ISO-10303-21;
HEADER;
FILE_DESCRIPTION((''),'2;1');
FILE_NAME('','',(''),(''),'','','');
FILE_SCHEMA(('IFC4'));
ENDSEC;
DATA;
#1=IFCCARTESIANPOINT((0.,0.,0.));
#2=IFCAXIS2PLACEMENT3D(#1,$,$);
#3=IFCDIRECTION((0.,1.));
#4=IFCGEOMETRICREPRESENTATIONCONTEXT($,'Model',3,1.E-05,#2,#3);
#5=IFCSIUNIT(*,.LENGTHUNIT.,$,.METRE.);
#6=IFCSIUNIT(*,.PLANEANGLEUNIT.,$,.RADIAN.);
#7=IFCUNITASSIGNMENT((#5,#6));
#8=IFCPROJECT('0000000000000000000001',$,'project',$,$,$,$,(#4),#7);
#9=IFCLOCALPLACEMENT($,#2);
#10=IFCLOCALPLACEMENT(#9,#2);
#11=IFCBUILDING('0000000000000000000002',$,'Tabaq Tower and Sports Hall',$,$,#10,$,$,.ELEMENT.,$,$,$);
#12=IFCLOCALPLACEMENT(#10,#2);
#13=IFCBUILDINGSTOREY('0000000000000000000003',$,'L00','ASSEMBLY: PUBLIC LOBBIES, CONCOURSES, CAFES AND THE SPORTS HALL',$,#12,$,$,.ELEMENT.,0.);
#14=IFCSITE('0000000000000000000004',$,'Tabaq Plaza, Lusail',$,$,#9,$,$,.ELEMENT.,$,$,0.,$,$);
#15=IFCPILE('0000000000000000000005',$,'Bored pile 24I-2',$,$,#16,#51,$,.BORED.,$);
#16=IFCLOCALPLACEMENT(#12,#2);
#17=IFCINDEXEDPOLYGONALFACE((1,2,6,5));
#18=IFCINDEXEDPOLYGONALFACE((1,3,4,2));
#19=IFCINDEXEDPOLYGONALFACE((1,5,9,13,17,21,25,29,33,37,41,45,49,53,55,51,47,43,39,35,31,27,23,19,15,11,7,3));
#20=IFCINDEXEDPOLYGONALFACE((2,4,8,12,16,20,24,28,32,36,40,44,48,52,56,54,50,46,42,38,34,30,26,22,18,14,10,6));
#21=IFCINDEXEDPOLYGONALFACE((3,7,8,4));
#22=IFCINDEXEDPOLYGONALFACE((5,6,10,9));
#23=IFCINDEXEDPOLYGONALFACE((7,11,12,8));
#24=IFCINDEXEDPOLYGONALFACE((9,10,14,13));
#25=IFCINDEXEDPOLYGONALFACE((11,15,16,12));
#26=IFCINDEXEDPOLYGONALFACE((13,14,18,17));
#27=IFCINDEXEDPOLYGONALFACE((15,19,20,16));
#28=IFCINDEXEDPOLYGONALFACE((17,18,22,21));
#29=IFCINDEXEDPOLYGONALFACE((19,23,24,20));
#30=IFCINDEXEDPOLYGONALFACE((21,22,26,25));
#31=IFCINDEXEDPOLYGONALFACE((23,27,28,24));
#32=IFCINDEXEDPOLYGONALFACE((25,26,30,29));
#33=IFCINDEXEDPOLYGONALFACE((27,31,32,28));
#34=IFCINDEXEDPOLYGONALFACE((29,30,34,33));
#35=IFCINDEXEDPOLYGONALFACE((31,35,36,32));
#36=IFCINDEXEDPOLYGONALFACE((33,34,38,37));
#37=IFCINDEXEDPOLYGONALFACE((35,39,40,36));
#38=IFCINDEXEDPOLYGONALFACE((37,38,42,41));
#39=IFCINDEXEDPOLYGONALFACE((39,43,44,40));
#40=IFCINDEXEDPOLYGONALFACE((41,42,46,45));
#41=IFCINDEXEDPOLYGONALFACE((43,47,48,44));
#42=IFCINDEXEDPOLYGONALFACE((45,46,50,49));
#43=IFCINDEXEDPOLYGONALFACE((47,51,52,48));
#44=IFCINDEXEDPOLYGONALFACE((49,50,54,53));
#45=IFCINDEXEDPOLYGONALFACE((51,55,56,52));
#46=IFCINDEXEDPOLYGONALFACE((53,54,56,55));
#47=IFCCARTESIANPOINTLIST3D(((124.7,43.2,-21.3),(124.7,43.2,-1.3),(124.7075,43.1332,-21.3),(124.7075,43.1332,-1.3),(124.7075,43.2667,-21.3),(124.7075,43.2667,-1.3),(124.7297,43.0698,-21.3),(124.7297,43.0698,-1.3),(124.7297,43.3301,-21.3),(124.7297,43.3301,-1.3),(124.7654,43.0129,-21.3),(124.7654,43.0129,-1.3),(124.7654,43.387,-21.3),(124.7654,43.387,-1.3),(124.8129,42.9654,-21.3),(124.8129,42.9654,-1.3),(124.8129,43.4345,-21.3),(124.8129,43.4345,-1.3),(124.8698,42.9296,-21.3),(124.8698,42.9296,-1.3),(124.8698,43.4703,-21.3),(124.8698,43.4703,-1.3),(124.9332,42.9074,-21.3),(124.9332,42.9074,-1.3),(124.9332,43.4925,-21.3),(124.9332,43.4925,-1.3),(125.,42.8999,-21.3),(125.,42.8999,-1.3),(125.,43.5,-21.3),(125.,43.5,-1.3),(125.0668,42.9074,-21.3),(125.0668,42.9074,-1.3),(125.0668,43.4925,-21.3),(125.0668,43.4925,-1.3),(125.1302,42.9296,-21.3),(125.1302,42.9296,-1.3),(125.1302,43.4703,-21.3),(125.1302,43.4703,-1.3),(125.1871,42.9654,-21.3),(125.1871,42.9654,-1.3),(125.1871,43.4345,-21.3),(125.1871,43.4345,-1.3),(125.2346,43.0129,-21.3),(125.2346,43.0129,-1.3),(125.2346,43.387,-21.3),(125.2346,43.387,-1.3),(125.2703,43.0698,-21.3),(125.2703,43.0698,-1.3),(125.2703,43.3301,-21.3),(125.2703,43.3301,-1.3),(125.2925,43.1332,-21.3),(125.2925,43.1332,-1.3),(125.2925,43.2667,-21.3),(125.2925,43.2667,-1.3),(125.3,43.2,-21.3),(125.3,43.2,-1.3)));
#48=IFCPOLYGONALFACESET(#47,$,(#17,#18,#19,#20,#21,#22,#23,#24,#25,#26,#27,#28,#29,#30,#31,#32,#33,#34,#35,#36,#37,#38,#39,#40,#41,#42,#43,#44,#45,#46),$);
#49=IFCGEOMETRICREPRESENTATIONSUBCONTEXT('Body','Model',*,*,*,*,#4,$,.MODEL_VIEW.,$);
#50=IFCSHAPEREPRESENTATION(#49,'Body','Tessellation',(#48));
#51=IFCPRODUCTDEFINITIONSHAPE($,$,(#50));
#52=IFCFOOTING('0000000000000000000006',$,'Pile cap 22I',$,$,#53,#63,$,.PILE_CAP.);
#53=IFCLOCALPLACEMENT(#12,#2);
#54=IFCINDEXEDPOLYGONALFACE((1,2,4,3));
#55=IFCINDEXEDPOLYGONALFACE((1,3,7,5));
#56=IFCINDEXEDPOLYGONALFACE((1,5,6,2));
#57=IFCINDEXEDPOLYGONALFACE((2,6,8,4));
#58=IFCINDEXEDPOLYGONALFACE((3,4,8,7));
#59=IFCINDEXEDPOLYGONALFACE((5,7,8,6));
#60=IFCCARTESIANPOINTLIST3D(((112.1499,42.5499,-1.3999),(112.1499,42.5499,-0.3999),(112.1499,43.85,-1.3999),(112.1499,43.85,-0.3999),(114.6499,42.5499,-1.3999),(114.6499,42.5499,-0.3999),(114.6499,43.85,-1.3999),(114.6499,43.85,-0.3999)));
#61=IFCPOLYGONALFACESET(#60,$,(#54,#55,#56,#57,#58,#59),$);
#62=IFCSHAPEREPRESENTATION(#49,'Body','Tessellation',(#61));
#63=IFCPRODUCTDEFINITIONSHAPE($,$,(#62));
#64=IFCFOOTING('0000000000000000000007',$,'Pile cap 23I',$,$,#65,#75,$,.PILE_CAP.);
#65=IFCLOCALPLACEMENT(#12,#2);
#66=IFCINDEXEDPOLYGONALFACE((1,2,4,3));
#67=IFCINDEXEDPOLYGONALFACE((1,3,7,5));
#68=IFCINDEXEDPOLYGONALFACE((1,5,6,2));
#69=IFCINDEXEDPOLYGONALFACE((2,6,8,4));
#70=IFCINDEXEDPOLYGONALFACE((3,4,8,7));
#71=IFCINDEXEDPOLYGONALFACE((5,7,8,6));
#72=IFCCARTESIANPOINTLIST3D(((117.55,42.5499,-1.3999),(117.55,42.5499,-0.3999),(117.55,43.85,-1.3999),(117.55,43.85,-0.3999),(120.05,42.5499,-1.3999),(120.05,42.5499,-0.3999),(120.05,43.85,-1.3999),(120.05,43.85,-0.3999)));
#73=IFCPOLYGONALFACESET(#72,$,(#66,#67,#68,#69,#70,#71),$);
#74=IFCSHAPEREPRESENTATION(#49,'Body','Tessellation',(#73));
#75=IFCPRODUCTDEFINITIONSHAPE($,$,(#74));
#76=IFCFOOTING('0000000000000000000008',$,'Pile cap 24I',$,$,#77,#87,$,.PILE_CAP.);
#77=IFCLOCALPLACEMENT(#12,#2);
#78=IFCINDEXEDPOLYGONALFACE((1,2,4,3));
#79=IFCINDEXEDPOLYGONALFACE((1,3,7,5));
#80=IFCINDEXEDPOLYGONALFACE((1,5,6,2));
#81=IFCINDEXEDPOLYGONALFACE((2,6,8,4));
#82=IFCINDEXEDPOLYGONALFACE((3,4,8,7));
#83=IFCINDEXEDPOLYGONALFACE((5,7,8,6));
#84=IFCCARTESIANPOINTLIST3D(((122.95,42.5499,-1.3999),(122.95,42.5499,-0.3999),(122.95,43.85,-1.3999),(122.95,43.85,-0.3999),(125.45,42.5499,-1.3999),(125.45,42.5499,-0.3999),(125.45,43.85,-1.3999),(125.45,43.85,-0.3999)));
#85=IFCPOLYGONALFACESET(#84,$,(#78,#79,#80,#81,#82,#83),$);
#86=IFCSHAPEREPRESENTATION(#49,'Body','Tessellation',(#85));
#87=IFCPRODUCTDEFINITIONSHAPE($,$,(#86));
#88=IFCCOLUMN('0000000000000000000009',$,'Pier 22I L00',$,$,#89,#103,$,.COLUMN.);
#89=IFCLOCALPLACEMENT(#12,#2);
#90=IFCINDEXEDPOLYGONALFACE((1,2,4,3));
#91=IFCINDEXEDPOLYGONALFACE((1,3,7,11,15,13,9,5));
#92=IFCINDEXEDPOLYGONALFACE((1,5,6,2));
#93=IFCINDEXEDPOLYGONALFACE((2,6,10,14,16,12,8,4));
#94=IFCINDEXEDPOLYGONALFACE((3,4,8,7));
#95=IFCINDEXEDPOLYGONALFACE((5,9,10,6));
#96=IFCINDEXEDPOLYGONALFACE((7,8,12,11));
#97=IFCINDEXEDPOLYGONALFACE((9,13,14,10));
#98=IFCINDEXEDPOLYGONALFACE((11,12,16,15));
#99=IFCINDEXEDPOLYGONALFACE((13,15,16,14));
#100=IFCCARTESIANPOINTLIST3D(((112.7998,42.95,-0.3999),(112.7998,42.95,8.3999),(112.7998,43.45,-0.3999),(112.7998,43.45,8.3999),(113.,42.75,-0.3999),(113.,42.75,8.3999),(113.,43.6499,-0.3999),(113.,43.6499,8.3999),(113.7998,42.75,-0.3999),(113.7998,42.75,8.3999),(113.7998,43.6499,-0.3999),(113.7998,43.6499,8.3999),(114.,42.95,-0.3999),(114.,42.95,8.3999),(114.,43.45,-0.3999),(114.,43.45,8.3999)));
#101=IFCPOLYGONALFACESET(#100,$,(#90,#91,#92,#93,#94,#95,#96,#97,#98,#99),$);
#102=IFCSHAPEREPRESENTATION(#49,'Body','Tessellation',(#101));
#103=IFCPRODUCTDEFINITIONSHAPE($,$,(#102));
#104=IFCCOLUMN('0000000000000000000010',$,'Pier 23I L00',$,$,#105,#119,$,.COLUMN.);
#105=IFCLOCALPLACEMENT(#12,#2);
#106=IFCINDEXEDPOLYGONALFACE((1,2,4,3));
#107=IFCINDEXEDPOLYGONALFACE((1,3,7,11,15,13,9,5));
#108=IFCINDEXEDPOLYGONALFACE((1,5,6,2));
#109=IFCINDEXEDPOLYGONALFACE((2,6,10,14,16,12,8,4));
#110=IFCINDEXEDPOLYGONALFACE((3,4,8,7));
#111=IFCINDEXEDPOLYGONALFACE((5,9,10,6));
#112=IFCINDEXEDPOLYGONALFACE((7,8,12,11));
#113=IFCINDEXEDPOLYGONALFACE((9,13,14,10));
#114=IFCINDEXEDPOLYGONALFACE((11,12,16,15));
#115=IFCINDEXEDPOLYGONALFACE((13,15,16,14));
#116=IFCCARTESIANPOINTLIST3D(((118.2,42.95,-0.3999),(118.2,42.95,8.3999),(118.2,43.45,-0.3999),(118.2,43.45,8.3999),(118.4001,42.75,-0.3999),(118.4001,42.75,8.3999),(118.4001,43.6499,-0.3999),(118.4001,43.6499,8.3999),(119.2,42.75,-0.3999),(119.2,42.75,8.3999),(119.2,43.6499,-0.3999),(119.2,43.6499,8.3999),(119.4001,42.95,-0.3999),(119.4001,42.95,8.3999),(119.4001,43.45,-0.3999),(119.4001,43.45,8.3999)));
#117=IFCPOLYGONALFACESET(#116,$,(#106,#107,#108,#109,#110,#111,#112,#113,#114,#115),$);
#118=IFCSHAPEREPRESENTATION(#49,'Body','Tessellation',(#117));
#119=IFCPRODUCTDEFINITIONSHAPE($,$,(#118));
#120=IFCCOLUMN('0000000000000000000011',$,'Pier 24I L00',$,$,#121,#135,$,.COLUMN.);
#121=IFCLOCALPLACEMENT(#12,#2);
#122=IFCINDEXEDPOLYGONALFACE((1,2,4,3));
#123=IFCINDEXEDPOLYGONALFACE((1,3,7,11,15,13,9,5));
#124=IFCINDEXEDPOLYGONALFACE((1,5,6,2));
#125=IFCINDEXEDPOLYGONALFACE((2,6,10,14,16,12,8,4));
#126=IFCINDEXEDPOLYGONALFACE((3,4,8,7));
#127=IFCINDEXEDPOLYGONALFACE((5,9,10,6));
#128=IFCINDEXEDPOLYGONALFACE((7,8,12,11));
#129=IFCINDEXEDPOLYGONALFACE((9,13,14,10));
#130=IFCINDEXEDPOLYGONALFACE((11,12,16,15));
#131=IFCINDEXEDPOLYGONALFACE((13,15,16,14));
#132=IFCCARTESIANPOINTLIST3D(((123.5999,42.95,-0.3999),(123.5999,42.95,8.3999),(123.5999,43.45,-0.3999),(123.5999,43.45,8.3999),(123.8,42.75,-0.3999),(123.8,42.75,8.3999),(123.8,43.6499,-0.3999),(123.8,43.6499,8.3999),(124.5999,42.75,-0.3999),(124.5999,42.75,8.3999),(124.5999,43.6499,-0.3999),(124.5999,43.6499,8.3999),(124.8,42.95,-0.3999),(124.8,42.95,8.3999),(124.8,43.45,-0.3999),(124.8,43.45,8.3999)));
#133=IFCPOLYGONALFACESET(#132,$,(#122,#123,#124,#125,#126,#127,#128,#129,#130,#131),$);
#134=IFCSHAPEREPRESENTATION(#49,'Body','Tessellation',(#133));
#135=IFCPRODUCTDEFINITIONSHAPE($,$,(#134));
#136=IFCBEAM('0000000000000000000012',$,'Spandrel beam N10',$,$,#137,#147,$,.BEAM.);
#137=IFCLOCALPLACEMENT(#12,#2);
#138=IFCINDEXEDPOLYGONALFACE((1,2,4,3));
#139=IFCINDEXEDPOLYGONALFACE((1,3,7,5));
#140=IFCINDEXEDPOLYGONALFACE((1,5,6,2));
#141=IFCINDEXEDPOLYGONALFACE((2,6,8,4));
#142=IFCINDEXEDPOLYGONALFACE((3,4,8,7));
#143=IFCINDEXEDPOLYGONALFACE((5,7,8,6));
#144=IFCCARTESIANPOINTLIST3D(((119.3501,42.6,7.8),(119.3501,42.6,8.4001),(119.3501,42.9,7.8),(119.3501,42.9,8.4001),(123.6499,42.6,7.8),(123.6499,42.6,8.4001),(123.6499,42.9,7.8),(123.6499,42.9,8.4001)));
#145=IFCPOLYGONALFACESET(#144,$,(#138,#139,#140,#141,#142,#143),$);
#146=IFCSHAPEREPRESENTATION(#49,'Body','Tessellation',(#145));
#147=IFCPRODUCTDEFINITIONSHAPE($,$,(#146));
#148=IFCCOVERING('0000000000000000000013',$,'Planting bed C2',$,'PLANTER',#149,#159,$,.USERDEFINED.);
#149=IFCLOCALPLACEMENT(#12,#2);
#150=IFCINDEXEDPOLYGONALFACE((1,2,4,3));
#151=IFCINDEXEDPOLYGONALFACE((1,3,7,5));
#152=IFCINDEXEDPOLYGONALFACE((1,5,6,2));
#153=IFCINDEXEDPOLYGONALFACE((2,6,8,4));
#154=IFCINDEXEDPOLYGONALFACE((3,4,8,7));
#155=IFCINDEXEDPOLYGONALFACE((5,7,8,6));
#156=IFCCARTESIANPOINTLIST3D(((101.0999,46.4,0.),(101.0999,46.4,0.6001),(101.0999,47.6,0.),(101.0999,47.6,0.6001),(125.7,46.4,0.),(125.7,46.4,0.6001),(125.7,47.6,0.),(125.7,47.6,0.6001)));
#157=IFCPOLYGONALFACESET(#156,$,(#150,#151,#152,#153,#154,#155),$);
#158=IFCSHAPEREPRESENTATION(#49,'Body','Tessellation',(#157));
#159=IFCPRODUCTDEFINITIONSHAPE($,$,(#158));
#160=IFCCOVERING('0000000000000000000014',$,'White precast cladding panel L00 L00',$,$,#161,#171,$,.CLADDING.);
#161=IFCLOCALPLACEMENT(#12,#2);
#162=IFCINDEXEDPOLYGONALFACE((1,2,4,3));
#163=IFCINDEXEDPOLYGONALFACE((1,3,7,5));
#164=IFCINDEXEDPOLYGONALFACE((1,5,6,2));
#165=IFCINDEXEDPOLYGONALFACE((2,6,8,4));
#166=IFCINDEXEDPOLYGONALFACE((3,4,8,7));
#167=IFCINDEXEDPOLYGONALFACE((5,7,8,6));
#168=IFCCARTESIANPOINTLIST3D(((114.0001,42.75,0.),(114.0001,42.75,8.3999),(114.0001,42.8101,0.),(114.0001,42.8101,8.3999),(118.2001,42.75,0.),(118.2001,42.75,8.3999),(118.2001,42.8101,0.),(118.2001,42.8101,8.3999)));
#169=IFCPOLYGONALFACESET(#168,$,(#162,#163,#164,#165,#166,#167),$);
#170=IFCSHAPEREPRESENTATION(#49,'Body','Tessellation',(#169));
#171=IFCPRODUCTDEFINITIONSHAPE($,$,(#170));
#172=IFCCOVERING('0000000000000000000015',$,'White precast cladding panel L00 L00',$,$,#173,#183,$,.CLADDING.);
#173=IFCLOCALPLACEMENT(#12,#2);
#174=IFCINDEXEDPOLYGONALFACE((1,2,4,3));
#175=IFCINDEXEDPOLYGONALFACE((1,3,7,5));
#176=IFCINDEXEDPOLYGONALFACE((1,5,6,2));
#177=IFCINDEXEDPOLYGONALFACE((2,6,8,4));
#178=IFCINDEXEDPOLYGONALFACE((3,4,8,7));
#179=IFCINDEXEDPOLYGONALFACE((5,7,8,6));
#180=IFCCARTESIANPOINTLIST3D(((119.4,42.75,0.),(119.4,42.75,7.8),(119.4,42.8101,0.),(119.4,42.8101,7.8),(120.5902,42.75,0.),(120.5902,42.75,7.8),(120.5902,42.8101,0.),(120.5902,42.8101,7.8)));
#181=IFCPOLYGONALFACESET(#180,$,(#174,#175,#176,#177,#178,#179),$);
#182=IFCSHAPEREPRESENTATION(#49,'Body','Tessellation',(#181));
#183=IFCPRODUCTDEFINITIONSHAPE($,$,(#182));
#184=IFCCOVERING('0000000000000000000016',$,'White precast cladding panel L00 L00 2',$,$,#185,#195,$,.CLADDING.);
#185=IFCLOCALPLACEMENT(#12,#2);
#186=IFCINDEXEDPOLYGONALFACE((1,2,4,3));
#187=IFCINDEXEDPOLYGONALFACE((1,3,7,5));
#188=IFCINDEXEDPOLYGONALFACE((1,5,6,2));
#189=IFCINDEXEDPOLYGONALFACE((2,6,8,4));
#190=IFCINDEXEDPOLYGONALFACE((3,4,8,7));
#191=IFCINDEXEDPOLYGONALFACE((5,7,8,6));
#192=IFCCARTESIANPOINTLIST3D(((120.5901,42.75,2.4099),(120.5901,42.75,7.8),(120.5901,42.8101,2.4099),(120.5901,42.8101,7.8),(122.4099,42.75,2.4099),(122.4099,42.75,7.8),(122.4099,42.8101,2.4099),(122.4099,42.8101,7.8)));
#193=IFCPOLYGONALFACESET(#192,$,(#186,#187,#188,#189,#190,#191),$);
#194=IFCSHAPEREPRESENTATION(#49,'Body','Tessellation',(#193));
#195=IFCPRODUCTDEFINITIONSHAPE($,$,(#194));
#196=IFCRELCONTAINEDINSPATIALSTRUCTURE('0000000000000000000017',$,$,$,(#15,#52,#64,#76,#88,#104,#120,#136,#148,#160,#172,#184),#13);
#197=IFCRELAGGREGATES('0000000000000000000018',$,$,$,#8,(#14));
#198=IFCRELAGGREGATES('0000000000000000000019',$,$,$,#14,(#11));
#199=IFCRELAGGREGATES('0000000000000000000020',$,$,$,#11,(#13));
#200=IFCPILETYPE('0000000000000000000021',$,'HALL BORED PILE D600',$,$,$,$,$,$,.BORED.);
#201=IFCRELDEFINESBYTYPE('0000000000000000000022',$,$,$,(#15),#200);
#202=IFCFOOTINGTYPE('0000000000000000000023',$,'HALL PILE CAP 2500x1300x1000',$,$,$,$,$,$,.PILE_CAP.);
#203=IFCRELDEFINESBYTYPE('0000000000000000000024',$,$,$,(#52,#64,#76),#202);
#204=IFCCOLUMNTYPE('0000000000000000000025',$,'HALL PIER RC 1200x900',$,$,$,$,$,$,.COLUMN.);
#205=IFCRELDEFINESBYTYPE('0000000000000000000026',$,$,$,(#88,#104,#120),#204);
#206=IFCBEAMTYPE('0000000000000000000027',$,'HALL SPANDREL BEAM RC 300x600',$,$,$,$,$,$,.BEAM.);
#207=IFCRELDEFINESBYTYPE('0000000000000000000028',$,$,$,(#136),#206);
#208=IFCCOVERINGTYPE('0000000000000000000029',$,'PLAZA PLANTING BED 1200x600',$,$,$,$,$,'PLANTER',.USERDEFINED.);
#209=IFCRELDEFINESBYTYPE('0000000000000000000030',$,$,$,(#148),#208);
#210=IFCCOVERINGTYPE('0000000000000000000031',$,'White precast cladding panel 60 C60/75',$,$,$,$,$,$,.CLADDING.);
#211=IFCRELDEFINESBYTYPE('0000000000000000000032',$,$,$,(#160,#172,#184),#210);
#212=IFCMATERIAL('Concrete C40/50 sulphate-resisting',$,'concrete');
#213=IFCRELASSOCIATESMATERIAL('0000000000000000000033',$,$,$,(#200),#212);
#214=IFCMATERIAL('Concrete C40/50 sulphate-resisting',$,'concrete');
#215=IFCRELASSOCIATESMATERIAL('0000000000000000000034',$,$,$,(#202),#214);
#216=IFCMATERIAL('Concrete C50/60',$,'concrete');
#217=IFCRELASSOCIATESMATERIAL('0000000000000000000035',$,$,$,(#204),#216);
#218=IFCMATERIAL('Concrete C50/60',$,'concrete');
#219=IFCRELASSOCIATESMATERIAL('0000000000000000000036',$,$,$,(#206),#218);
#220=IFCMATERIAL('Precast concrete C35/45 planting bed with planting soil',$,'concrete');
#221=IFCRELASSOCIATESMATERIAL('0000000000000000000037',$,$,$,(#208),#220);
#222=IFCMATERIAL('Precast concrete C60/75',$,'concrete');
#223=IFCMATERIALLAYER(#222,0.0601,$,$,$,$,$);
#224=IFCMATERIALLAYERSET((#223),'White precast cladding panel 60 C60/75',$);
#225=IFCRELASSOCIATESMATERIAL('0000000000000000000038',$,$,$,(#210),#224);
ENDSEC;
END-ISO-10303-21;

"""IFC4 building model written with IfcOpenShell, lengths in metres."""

from ifc_helpers import new_model, si_unit, direction, frame, frame_2d, origin, origin_2d, place, context, subcontext, project, spatial, polyline, rectangle, circle, outline, extrude, material, layer, layer_set, material_profile, profile_set, type_object, element, save


model = new_model("IFC4")

# Units and contexts
model_context = context("Model", 3, precision=1e-05, world=origin(), true_north=direction((0.0, 1.0)))
body_context = subcontext(model_context, "Body", "Model", "MODEL_VIEW")
ifc_project = project(units=[si_unit("LENGTHUNIT", "METRE"), si_unit("PLANEANGLEUNIT", "RADIAN")], contexts=[model_context])

# Site, building, storey
site_placement = place(None, origin())
site = spatial("IfcSite", under=ifc_project, at=site_placement, Name="Tabaq Plaza, Lusail", CompositionType="ELEMENT", RefElevation=0.0)
building_placement = place(site_placement, origin())
building = spatial("IfcBuilding", under=site, at=building_placement, Name="Tabaq Tower and Sports Hall", CompositionType="ELEMENT")
storey_placement = place(building_placement, origin())
storey = spatial("IfcBuildingStorey", under=building, at=storey_placement, Name="L00", Description="ASSEMBLY: PUBLIC LOBBIES, CONCOURSES, CAFES AND THE SPORTS HALL", CompositionType="ELEMENT", Elevation=0.0)

# Pile
ifc_material_1 = material(Name="Concrete C40/50 sulphate-resisting", Category="concrete")
ifc_material_profile_1 = material_profile(ifc_material_1, circle(Radius=0.3, at=origin_2d()), Name="D600")
ifc_profile_set_1 = profile_set([ifc_material_profile_1], Name="Concrete C40/50 sulphate-resisting")
pile_type = type_object("IfcPileType", Name="HALL BORED PILE D600", PredefinedType="BORED", material=ifc_profile_set_1)
for number, where, z_axis, x_axis, name in (
    (1, (125.0, 43.2, -1.3), (0.0, 0.0, -1.0), (1.0, 0.0, 0.0), "Bored pile 24I-2"),
):
    element("IfcPile", number, at=place(storey_placement, frame(where, z_axis=z_axis, x_axis=x_axis)), inside=storey, type_object=pile_type, Name=name, PredefinedType="BORED", context=body_context, shape_type="SweptSolid", body=[
        extrude(circle(Radius=0.3, at=origin_2d()), origin(), (0.0, 0.0, 1.0), 20.0),
    ])

# Footings
ifc_material_2 = material(Name="Concrete C40/50 sulphate-resisting", Category="concrete")
footing_type = type_object("IfcFootingType", Name="HALL PILE CAP 2500x1300x1000", PredefinedType="PILE_CAP", material=ifc_material_2)
for number, where, z_axis, x_axis, name in (
    (2, (113.3999, 43.2, -1.3999), (0.0, 0.0, 1.0), (1.0, 0.0, 0.0), "Pile cap 22I"),
    (3, (118.8, 43.2, -1.3999), (0.0, 0.0, 1.0), (1.0, 0.0, 0.0), "Pile cap 23I"),
    (4, (124.2, 43.2, -1.3999), (0.0, 0.0, 1.0), (1.0, 0.0, 0.0), "Pile cap 24I"),
):
    element("IfcFooting", number, at=place(storey_placement, frame(where, z_axis=z_axis, x_axis=x_axis)), inside=storey, type_object=footing_type, Name=name, PredefinedType="PILE_CAP", context=body_context, shape_type="SweptSolid", body=[
        extrude(rectangle(XDim=2.5, YDim=1.3, at=origin_2d()), origin(), (0.0, 0.0, 1.0), 1.0),
    ])

# Columns
ifc_material_3 = material(Name="Concrete C50/60", Category="concrete")
ifc_material_profile_2 = material_profile(ifc_material_3, outline(polyline([(-0.3999, -0.45), (0.3999, -0.45), (0.6001, -0.25), (0.6001, 0.25), (0.3999, 0.45), (-0.3999, 0.45), (-0.6001, 0.25), (-0.6001, -0.25), (-0.3999, -0.45)])), Name="PIER 1200x900")
ifc_profile_set_2 = profile_set([ifc_material_profile_2], Name="Concrete C50/60")
column_type = type_object("IfcColumnType", Name="HALL PIER RC 1200x900", PredefinedType="COLUMN", material=ifc_profile_set_2)
for number, where, z_axis, x_axis, name in (
    (5, (113.3999, 43.2, -0.3999), (0.0, 0.0, 1.0), (1.0, 0.0, 0.0), "Pier 22I L00"),
    (6, (118.8, 43.2, -0.3999), (0.0, 0.0, 1.0), (1.0, 0.0, 0.0), "Pier 23I L00"),
    (7, (124.2, 43.2, -0.3999), (0.0, 0.0, 1.0), (1.0, 0.0, 0.0), "Pier 24I L00"),
):
    element("IfcColumn", number, at=place(storey_placement, frame(where, z_axis=z_axis, x_axis=x_axis)), inside=storey, type_object=column_type, Name=name, PredefinedType="COLUMN", context=body_context, shape_type="SweptSolid", body=[
        extrude(outline(polyline([(-0.3999, -0.45), (0.3999, -0.45), (0.6001, -0.25), (0.6001, 0.25), (0.3999, 0.45), (-0.3999, 0.45), (-0.6001, 0.25), (-0.6001, -0.25), (-0.3999, -0.45)])), origin(), (0.0, 0.0, 1.0), 8.7998),
    ])

# Beam
ifc_material_4 = material(Name="Concrete C50/60", Category="concrete")
ifc_material_profile_3 = material_profile(ifc_material_4, rectangle(XDim=0.3, YDim=0.6001, at=origin_2d()), Name="RC 300x600")
ifc_profile_set_3 = profile_set([ifc_material_profile_3], Name="Concrete C50/60")
beam_type = type_object("IfcBeamType", Name="HALL SPANDREL BEAM RC 300x600", PredefinedType="BEAM", material=ifc_profile_set_3)
beam_placement = place(storey_placement, frame((119.3501, 42.75, 8.1001), z_axis=(1.0, 0.0, 0.0), x_axis=(0.0, 1.0, 0.0)))
element("IfcBeam", 8, at=beam_placement, inside=storey, type_object=beam_type, Name="Spandrel beam N10", PredefinedType="BEAM", context=body_context, shape_type="SweptSolid", body=[
    extrude(rectangle(XDim=0.3, YDim=0.6001, at=origin_2d()), origin(), (0.0, 0.0, 1.0), 4.2998),
])

# Coverings
ifc_material_5 = material(Name="Precast concrete C35/45 planting bed with planting soil", Category="concrete")
covering_type_1 = type_object("IfcCoveringType", Name="PLAZA PLANTING BED 1200x600", ElementType="PLANTER", PredefinedType="USERDEFINED", material=ifc_material_5)
covering_1_placement = place(storey_placement, frame((113.3999, 47.0, 0.0), z_axis=(0.0, 0.0, 1.0), x_axis=(1.0, 0.0, 0.0)))
element("IfcCovering", 9, at=covering_1_placement, inside=storey, type_object=covering_type_1, Name="Planting bed C2", ObjectType="PLANTER", PredefinedType="USERDEFINED", context=body_context, shape_type="SweptSolid", body=[
    extrude(rectangle(XDim=24.6001, YDim=1.2, at=origin_2d()), origin(), (0.0, 0.0, 1.0), 0.6001),
])
ifc_material_6 = material(Name="Precast concrete C60/75", Category="concrete")
ifc_layer = layer(ifc_material_6, 0.0601)
ifc_layer_set = layer_set([ifc_layer], Name="White precast cladding panel 60 C60/75")
covering_type_2 = type_object("IfcCoveringType", Name="White precast cladding panel 60 C60/75", PredefinedType="CLADDING", material=ifc_layer_set)
covering_2_placement = place(storey_placement, frame((114.0, 42.78, 0.0), z_axis=(0.0, 0.0, 1.0), x_axis=(1.0, 0.0, 0.0)))
element("IfcCovering", 10, at=covering_2_placement, inside=storey, type_object=covering_type_2, Name="White precast cladding panel L00 L00", PredefinedType="CLADDING", context=body_context, shape_type="SweptSolid", body=[
    extrude(rectangle(XDim=4.2, YDim=0.0601, at=frame_2d((2.1001, 0.0))), origin(), (0.0, 0.0, 1.0), 8.3999),
])
covering_3_placement = place(storey_placement, frame((119.3999, 42.78, 0.0), z_axis=(0.0, 0.0, 1.0), x_axis=(1.0, 0.0, 0.0)))
element("IfcCovering", 11, at=covering_3_placement, inside=storey, type_object=covering_type_2, Name="White precast cladding panel L00 L00", PredefinedType="CLADDING", context=body_context, shape_type="SweptSolid", body=[
    extrude(rectangle(XDim=1.1902, YDim=0.0601, at=frame_2d((0.5952, 0.0))), origin(), (0.0, 0.0, 1.0), 7.8),
])
covering_4_placement = place(storey_placement, frame((120.5901, 42.78, 2.4099), z_axis=(0.0, 0.0, 1.0), x_axis=(1.0, 0.0, 0.0)))
element("IfcCovering", 12, at=covering_4_placement, inside=storey, type_object=covering_type_2, Name="White precast cladding panel L00 L00 2", PredefinedType="CLADDING", context=body_context, shape_type="SweptSolid", body=[
    extrude(rectangle(XDim=1.8198, YDim=0.0601, at=frame_2d((0.9099, 0.0))), origin(), (0.0, 0.0, 1.0), 5.3901),
])

save(model, "model.ifc")
